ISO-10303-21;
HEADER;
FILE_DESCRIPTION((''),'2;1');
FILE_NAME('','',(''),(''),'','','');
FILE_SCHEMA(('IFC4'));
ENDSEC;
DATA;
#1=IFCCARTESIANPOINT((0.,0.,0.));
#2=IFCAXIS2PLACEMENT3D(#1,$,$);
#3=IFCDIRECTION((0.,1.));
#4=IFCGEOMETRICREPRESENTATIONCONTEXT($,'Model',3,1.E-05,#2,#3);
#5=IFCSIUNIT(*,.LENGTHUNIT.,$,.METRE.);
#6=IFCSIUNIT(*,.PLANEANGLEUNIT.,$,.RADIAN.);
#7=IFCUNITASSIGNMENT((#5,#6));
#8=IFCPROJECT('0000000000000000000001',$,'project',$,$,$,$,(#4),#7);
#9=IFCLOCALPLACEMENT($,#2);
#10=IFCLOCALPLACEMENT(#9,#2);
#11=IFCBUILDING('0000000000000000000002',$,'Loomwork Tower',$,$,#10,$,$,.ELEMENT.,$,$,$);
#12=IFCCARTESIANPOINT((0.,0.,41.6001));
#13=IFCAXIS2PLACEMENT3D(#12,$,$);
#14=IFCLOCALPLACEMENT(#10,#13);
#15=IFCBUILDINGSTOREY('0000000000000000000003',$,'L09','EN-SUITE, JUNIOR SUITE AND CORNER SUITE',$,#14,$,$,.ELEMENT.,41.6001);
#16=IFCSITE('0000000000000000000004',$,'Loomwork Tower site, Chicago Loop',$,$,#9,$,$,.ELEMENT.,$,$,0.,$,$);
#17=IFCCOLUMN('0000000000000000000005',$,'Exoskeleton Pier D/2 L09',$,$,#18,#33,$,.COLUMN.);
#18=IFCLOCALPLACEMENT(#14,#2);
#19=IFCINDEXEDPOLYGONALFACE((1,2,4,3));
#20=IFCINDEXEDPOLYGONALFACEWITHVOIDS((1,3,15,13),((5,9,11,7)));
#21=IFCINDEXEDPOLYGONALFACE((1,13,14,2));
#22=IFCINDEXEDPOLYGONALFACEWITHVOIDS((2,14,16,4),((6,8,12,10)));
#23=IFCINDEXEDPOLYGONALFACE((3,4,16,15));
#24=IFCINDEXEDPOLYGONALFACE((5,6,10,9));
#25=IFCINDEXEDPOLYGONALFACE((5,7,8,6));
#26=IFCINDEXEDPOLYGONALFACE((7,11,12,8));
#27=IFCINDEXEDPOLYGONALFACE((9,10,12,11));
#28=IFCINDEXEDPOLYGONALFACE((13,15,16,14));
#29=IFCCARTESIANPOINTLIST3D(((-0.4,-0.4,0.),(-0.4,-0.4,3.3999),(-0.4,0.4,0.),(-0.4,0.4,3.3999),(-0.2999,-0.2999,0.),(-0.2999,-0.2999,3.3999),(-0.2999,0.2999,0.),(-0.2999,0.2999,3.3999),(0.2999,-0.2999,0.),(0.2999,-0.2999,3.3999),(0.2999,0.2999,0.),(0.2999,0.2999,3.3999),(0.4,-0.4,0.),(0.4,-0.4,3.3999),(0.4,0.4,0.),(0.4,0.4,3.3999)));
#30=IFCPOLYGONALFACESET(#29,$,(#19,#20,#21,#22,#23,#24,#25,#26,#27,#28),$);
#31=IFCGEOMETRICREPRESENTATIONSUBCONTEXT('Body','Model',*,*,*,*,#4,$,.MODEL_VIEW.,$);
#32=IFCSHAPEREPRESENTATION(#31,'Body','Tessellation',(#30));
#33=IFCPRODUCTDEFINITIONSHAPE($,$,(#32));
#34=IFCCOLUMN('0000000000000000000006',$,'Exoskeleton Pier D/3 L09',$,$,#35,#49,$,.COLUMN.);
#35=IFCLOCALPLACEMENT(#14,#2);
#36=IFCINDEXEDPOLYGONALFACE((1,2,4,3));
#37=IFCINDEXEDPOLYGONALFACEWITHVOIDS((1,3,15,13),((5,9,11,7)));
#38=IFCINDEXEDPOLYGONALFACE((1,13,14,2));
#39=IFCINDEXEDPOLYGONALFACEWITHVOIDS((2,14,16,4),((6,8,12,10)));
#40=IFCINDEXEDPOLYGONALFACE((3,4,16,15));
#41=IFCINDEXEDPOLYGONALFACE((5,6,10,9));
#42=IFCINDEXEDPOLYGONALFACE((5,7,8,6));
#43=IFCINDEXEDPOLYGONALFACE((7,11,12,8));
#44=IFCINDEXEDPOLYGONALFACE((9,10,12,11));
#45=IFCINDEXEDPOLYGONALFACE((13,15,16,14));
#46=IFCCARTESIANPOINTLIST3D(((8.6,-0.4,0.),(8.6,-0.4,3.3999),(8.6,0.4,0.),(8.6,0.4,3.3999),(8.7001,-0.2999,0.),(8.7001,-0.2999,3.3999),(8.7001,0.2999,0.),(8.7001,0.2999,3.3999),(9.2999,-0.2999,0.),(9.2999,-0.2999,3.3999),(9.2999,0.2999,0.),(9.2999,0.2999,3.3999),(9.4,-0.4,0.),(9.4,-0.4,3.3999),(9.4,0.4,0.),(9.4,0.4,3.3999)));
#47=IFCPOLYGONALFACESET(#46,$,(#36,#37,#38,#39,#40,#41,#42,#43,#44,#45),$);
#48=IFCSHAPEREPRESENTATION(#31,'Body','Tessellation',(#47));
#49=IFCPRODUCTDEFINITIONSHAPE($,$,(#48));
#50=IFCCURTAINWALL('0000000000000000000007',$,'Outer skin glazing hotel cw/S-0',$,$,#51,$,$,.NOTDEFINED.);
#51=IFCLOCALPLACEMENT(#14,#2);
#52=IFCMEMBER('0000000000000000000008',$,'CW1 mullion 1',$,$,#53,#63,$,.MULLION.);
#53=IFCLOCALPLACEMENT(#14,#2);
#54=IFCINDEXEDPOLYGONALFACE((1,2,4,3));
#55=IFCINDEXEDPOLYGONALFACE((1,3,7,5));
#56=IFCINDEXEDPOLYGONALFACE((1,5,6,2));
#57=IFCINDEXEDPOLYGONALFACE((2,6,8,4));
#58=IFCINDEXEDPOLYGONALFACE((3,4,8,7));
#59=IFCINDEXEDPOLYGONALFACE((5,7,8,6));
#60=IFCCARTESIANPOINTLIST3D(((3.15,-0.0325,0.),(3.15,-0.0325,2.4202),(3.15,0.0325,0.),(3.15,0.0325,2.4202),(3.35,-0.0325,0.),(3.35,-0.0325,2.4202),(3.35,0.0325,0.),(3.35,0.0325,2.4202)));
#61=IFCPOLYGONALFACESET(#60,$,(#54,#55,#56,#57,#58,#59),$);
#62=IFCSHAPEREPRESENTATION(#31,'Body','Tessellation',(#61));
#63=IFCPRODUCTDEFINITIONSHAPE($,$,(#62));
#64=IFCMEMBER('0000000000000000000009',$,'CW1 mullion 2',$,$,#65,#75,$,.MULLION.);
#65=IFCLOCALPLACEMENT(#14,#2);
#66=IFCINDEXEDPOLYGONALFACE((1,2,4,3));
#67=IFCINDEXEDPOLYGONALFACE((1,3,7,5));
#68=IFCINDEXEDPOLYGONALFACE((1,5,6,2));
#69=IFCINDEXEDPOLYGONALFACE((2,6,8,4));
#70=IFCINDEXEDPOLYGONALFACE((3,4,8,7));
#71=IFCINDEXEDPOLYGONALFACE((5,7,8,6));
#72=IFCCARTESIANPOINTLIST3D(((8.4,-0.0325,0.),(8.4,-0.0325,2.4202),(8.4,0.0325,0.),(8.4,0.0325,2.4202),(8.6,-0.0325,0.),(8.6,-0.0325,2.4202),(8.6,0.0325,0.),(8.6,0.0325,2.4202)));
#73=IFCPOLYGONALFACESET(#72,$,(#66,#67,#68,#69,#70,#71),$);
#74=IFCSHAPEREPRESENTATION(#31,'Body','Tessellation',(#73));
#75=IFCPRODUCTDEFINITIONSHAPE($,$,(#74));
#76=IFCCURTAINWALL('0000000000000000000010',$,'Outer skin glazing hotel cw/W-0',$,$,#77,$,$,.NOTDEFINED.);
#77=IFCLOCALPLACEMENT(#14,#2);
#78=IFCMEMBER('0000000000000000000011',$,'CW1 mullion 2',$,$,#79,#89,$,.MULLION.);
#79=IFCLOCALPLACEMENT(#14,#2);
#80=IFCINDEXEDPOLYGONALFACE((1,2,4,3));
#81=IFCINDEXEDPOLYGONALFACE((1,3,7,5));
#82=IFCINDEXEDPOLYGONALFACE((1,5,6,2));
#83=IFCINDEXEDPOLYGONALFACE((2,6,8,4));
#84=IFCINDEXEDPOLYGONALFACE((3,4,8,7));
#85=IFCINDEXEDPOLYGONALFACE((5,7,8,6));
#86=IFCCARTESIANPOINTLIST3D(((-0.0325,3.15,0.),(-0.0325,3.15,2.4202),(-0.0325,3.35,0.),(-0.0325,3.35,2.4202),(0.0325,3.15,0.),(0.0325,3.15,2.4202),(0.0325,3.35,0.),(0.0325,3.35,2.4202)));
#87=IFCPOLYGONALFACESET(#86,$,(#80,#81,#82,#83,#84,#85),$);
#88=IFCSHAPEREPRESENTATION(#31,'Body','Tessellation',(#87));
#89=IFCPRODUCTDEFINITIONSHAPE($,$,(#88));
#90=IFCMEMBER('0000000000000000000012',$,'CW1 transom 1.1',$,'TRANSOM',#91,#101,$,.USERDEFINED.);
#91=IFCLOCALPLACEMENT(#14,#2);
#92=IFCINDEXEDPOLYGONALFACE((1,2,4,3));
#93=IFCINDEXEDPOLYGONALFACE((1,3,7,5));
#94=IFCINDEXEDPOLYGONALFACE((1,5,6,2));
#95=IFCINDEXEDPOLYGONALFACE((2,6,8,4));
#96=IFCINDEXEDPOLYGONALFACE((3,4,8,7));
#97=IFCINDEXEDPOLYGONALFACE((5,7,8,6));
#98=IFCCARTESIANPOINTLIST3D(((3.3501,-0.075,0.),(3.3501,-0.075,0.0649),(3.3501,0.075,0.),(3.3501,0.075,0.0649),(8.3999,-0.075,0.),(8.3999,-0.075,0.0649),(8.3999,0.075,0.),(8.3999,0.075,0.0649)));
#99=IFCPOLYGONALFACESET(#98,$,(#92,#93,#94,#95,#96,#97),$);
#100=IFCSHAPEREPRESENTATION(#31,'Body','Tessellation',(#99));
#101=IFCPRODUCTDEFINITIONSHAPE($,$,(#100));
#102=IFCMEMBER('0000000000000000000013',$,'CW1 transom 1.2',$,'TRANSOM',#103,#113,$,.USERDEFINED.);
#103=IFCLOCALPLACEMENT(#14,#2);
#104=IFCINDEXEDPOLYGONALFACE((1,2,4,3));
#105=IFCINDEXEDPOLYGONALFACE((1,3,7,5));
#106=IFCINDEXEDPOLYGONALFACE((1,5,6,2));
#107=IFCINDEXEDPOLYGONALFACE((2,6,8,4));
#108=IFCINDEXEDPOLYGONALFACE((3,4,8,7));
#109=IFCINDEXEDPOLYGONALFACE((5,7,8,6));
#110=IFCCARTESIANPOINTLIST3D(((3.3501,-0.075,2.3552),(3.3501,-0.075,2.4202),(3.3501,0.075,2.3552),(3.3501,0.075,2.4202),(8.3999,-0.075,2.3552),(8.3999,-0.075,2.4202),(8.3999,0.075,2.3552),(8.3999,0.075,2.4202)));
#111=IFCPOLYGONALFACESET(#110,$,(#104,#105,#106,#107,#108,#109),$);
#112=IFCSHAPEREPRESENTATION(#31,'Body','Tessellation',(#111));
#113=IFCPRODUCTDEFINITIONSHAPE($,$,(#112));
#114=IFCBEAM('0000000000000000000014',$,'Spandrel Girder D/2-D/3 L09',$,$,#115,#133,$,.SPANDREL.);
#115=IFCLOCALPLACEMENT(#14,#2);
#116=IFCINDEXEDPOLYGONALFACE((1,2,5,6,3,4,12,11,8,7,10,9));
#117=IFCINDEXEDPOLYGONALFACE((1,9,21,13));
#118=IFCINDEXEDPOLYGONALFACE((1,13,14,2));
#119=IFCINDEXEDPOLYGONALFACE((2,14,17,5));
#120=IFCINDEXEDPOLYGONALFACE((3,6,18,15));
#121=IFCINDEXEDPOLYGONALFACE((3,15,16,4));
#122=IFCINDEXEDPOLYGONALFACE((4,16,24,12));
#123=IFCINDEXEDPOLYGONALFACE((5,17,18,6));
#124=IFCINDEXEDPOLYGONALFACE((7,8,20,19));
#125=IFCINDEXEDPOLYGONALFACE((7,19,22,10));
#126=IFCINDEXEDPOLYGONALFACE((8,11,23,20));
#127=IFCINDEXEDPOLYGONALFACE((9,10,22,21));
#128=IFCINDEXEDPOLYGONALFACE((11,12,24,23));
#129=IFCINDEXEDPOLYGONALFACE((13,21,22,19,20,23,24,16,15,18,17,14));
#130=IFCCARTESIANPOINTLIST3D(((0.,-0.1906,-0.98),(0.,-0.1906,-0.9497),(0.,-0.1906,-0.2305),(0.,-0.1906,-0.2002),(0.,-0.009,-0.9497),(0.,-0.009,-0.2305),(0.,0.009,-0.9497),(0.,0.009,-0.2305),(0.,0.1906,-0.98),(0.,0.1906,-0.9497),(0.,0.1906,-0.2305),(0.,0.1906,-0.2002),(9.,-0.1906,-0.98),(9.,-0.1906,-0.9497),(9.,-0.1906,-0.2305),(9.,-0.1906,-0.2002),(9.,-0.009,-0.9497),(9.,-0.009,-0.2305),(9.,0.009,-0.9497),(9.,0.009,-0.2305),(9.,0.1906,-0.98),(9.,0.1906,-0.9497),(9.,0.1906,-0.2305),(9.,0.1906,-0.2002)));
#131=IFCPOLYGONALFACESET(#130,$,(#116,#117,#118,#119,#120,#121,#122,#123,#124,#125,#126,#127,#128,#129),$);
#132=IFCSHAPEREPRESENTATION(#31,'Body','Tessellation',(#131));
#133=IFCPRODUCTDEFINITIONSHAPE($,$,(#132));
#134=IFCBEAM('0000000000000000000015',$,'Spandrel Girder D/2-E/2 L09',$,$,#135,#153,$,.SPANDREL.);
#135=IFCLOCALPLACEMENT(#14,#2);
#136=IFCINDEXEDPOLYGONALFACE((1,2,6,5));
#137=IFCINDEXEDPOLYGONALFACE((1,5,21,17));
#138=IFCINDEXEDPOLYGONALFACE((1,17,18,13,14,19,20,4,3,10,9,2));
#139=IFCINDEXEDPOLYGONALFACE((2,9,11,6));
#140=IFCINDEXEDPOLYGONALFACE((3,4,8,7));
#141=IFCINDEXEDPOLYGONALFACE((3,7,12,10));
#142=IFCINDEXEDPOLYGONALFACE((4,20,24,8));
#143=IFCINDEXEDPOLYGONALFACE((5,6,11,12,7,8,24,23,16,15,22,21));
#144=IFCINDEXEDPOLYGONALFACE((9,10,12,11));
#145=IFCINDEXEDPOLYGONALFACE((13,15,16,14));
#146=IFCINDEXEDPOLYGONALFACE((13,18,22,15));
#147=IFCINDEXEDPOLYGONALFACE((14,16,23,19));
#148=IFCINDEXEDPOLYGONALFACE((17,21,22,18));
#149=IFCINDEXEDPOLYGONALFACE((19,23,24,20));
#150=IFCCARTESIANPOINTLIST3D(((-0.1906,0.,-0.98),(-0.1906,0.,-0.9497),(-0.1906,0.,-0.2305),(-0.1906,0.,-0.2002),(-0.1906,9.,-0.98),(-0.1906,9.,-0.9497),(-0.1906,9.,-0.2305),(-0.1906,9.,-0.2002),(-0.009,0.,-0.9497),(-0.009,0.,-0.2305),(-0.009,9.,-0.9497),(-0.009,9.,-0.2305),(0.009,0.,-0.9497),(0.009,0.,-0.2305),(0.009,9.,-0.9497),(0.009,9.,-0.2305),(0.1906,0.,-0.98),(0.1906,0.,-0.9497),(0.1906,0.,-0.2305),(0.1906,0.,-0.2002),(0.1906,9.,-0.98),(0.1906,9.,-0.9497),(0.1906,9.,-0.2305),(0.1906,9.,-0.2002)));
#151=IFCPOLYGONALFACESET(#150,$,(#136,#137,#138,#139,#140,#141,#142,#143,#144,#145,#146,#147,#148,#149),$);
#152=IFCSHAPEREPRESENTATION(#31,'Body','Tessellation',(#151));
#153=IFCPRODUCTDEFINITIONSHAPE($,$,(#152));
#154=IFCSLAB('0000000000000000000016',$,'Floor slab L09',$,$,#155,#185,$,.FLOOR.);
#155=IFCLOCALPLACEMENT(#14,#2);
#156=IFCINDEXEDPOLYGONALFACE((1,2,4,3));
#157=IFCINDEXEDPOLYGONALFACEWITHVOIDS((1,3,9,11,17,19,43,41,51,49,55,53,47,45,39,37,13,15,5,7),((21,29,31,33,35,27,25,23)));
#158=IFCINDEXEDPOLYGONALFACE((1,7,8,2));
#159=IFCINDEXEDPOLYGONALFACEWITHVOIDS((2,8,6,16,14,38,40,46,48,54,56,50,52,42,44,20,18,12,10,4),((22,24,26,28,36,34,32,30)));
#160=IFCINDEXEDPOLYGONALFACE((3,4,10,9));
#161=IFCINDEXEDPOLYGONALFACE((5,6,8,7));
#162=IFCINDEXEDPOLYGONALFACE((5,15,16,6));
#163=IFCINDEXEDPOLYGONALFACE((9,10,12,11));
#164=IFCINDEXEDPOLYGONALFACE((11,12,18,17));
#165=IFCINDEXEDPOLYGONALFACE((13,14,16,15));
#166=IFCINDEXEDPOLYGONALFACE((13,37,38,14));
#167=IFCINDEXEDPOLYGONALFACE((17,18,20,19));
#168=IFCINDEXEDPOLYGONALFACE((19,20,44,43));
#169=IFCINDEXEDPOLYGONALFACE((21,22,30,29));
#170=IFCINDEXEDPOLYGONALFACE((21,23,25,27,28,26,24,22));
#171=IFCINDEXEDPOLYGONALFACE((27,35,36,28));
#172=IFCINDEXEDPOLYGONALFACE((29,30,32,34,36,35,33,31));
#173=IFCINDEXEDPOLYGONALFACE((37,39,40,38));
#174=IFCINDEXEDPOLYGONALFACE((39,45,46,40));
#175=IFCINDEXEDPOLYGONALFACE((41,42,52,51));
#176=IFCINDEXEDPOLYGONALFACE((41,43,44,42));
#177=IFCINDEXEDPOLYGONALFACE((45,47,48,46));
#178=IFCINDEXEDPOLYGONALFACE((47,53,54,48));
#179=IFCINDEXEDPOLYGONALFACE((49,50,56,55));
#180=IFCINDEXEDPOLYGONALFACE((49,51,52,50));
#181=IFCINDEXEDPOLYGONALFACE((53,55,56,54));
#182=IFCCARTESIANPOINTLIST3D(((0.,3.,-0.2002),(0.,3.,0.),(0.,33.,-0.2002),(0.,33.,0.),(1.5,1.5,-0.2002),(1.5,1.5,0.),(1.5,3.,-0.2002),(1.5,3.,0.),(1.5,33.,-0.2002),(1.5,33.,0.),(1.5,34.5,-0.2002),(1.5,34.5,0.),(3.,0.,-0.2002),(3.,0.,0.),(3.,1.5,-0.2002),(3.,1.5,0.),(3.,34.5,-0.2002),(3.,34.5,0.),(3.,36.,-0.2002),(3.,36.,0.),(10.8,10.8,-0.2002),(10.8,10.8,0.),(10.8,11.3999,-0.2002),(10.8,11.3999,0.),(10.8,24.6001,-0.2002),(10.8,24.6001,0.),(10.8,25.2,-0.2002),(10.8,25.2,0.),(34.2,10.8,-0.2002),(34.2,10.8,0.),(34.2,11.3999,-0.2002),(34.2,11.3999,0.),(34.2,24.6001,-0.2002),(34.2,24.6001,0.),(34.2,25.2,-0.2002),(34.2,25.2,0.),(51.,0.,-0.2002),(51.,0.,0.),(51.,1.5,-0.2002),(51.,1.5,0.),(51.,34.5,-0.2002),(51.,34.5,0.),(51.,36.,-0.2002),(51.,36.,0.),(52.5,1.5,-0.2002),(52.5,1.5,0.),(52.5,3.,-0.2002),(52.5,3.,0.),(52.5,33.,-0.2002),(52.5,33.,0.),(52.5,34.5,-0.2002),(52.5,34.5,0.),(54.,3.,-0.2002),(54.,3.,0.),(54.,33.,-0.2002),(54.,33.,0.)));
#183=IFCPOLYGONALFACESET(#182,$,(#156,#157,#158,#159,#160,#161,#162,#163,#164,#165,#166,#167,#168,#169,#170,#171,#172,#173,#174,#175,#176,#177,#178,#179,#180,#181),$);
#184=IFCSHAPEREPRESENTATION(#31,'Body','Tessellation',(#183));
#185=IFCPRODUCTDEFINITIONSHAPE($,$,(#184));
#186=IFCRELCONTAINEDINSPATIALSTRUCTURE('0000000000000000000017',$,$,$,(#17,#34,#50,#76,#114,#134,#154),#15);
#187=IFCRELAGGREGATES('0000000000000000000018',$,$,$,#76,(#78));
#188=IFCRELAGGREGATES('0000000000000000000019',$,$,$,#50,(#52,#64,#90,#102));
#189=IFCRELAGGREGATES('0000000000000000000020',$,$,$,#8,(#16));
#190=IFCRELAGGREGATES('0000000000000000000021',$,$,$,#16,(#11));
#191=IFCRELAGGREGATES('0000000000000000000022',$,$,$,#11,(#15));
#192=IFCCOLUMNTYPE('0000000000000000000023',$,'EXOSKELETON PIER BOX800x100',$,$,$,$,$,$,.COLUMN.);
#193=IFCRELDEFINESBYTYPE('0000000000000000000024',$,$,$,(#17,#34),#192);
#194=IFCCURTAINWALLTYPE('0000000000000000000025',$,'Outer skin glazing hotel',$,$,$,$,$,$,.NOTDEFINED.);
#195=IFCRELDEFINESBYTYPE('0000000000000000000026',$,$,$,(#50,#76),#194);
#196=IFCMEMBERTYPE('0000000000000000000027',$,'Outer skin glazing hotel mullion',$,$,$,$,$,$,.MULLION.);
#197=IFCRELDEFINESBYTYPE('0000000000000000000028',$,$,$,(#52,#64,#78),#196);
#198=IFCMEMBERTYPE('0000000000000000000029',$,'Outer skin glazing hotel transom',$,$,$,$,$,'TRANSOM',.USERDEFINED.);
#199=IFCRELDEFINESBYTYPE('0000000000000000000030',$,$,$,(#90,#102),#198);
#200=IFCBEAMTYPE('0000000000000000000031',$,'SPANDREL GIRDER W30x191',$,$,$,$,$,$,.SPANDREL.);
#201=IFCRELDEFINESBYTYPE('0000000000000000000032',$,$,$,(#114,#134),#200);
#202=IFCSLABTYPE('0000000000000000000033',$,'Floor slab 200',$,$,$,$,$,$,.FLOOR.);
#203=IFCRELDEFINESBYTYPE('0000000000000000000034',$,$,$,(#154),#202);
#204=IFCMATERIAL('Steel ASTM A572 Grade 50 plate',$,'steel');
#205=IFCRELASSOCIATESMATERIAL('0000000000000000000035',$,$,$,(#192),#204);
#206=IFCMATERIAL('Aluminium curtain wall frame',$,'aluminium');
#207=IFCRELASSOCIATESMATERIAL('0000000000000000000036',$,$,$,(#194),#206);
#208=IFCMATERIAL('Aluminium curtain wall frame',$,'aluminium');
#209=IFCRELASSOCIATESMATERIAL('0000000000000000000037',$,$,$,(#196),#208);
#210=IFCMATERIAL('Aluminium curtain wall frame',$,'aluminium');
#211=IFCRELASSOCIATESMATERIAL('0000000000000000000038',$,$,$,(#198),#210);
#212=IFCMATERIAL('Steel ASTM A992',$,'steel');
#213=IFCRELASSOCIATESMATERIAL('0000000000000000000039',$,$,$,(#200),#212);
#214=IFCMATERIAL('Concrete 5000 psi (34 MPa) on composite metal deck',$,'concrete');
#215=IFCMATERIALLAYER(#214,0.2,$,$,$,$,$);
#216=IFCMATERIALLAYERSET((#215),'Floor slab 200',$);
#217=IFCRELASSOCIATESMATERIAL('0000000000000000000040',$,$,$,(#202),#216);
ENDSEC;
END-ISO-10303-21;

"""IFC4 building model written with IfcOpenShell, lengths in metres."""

from ifc_helpers import new_model, si_unit, direction, frame, origin, origin_2d, place, context, subcontext, project, spatial, polyline, rectangle, hollow_rectangle, i_section, outline, extrude, material, layer, layer_set, material_profile, profile_set, type_object, element, aggregate, save


model = new_model("IFC4")

# Units and contexts
model_context = context("Model", 3, precision=1e-05, world=origin(), true_north=direction((0.0, 1.0)))
body_context = subcontext(model_context, "Body", "Model", "MODEL_VIEW")
ifc_project = project(units=[si_unit("LENGTHUNIT", "METRE"), si_unit("PLANEANGLEUNIT", "RADIAN")], contexts=[model_context])

# Site, building, storey
site_placement = place(None, origin())
site = spatial("IfcSite", under=ifc_project, at=site_placement, Name="Loomwork Tower site, Chicago Loop", CompositionType="ELEMENT", RefElevation=0.0)
building_placement = place(site_placement, origin())
building = spatial("IfcBuilding", under=site, at=building_placement, Name="Loomwork Tower", CompositionType="ELEMENT")
storey_placement = place(building_placement, frame((0.0, 0.0, 41.6001)))
storey = spatial("IfcBuildingStorey", under=building, at=storey_placement, Name="L09", Description="EN-SUITE, JUNIOR SUITE AND CORNER SUITE", CompositionType="ELEMENT", Elevation=41.6001)

# Columns
ifc_material_1 = material(Name="Steel ASTM A572 Grade 50 plate", Category="steel")
ifc_material_profile_1 = material_profile(ifc_material_1, hollow_rectangle(XDim=0.8, YDim=0.8, WallThickness=0.1001, at=origin_2d()), Name="BOX800x100")
ifc_profile_set_1 = profile_set([ifc_material_profile_1], Name="Steel ASTM A572 Grade 50 plate")
column_type = type_object("IfcColumnType", Name="EXOSKELETON PIER BOX800x100", PredefinedType="COLUMN", material=ifc_profile_set_1)
for number, where, z_axis, x_axis, name in (
    (1, (0.0, 0.0, 0.0), (0.0, 0.0, 1.0), (1.0, 0.0, 0.0), "Exoskeleton Pier D/2 L09"),
    (2, (9.0, 0.0, 0.0), (0.0, 0.0, 1.0), (1.0, 0.0, 0.0), "Exoskeleton Pier D/3 L09"),
):
    element("IfcColumn", number, at=place(storey_placement, frame(where, z_axis=z_axis, x_axis=x_axis)), inside=storey, type_object=column_type, Name=name, PredefinedType="COLUMN", context=body_context, shape_type="SweptSolid", body=[
        extrude(hollow_rectangle(XDim=0.8, YDim=0.8, WallThickness=0.1001, at=origin_2d()), origin(), (0.0, 0.0, 1.0), 3.3999),
    ])

# Curtain wall, members
ifc_material_2 = material(Name="Aluminium curtain wall frame", Category="aluminium")
curtain_wall_type = type_object("IfcCurtainWallType", Name="Outer skin glazing hotel", PredefinedType="NOTDEFINED", material=ifc_material_2)
curtain_wall_1_placement = place(storey_placement, origin())
curtain_wall_1 = element("IfcCurtainWall", 3, at=curtain_wall_1_placement, inside=storey, type_object=curtain_wall_type, Name="Outer skin glazing hotel cw/S-0", PredefinedType="NOTDEFINED")
ifc_material_3 = material(Name="Aluminium curtain wall frame", Category="aluminium")
ifc_material_profile_2 = material_profile(ifc_material_3, rectangle(XDim=0.0649, YDim=0.2, at=origin_2d()), Name="AL 65x200")
ifc_profile_set_2 = profile_set([ifc_material_profile_2], Name="Aluminium curtain wall frame")
member_type_1 = type_object("IfcMemberType", Name="Outer skin glazing hotel mullion", PredefinedType="MULLION", material=ifc_profile_set_2)
member_1_placement = place(storey_placement, frame((3.25, 0.0, 0.0), z_axis=(0.0, 0.0, 1.0), x_axis=(0.0, 1.0, 0.0)))
member_1 = element("IfcMember", 4, at=member_1_placement, type_object=member_type_1, Name="CW1 mullion 1", PredefinedType="MULLION", context=body_context, shape_type="SweptSolid", body=[
    extrude(rectangle(XDim=0.0649, YDim=0.2, at=origin_2d()), origin(), (0.0, 0.0, 1.0), 2.4202),
])
member_2_placement = place(storey_placement, frame((8.5, 0.0, 0.0), z_axis=(0.0, 0.0, 1.0), x_axis=(0.0, 1.0, 0.0)))
member_2 = element("IfcMember", 5, at=member_2_placement, type_object=member_type_1, Name="CW1 mullion 2", PredefinedType="MULLION", context=body_context, shape_type="SweptSolid", body=[
    extrude(rectangle(XDim=0.0649, YDim=0.2, at=origin_2d()), origin(), (0.0, 0.0, 1.0), 2.4202),
])

# Curtain wall, member
curtain_wall_2_placement = place(storey_placement, origin())
curtain_wall_2 = element("IfcCurtainWall", 6, at=curtain_wall_2_placement, inside=storey, type_object=curtain_wall_type, Name="Outer skin glazing hotel cw/W-0", PredefinedType="NOTDEFINED")
member_3_placement = place(storey_placement, frame((0.0, 3.25, 0.0), z_axis=(0.0, 0.0, 1.0), x_axis=(1.0, 0.0, 0.0)))
member_3 = element("IfcMember", 7, at=member_3_placement, type_object=member_type_1, Name="CW1 mullion 2", PredefinedType="MULLION", context=body_context, shape_type="SweptSolid", body=[
    extrude(rectangle(XDim=0.0649, YDim=0.2, at=origin_2d()), origin(), (0.0, 0.0, 1.0), 2.4202),
])
aggregate(curtain_wall_2, [member_3])

# Members
ifc_material_4 = material(Name="Aluminium curtain wall frame", Category="aluminium")
ifc_material_profile_3 = material_profile(ifc_material_4, rectangle(XDim=0.1499, YDim=0.0649, at=origin_2d()), Name="AL 65x150")
ifc_profile_set_3 = profile_set([ifc_material_profile_3], Name="Aluminium curtain wall frame")
member_type_2 = type_object("IfcMemberType", Name="Outer skin glazing hotel transom", ElementType="TRANSOM", PredefinedType="USERDEFINED", material=ifc_profile_set_3)
member_4_placement = place(storey_placement, frame((3.3501, 0.0, 0.0325), z_axis=(1.0, 0.0, 0.0), x_axis=(0.0, 1.0, 0.0)))
member_4 = element("IfcMember", 8, at=member_4_placement, type_object=member_type_2, Name="CW1 transom 1.1", ObjectType="TRANSOM", PredefinedType="USERDEFINED", context=body_context, shape_type="SweptSolid", body=[
    extrude(rectangle(XDim=0.1499, YDim=0.0649, at=origin_2d()), origin(), (0.0, 0.0, 1.0), 5.0498),
])
member_5_placement = place(storey_placement, frame((3.3501, 0.0, 2.3877), z_axis=(1.0, 0.0, 0.0), x_axis=(0.0, 1.0, 0.0)))
member_5 = element("IfcMember", 9, at=member_5_placement, type_object=member_type_2, Name="CW1 transom 1.2", ObjectType="TRANSOM", PredefinedType="USERDEFINED", context=body_context, shape_type="SweptSolid", body=[
    extrude(rectangle(XDim=0.1499, YDim=0.0649, at=origin_2d()), origin(), (0.0, 0.0, 1.0), 5.0498),
])

# Beams
ifc_material_5 = material(Name="Steel ASTM A992", Category="steel")
ifc_material_profile_4 = material_profile(ifc_material_5, i_section(OverallWidth=0.3811, OverallDepth=0.7798, WebThickness=0.0181, FlangeThickness=0.0303, at=origin_2d()), Name="W30x191")
ifc_profile_set_4 = profile_set([ifc_material_profile_4], Name="Steel ASTM A992")
beam_type = type_object("IfcBeamType", Name="SPANDREL GIRDER W30x191", PredefinedType="SPANDREL", material=ifc_profile_set_4)
for number, where, z_axis, x_axis, name in (
    (10, (0.0, 0.0, -0.5901), (1.0, 0.0, 0.0), (0.0, 1.0, 0.0), "Spandrel Girder D/2-D/3 L09"),
    (11, (0.0, 0.0, -0.5901), (0.0, 1.0, 0.0), (-1.0, 0.0, 0.0), "Spandrel Girder D/2-E/2 L09"),
):
    element("IfcBeam", number, at=place(storey_placement, frame(where, z_axis=z_axis, x_axis=x_axis)), inside=storey, type_object=beam_type, Name=name, PredefinedType="SPANDREL", context=body_context, shape_type="SweptSolid", body=[
        extrude(i_section(OverallWidth=0.3811, OverallDepth=0.7798, WebThickness=0.0181, FlangeThickness=0.0303, at=origin_2d()), origin(), (0.0, 0.0, 1.0), 9.0),
    ])

# Slab
ifc_material_6 = material(Name="Concrete 5000 psi (34 MPa) on composite metal deck", Category="concrete")
ifc_layer_1 = layer(ifc_material_6, 0.2)
ifc_layer_set_1 = layer_set([ifc_layer_1], Name="Floor slab 200")
slab_type_1 = type_object("IfcSlabType", Name="Floor slab 200", PredefinedType="FLOOR", material=ifc_layer_set_1)
slab_1_placement = place(storey_placement, frame((0.0, 0.0, -0.2002)))
element("IfcSlab", 12, at=slab_1_placement, inside=storey, type_object=slab_type_1, Name="Floor slab L09", PredefinedType="FLOOR", context=body_context, shape_type="SweptSolid", body=[
    extrude(outline(polyline([(3.0, 1.5), (1.5, 1.5), (1.5, 3.0), (0.0, 3.0), (0.0, 33.0), (1.5, 33.0), (1.5, 34.5), (3.0, 34.5), (3.0, 36.0), (51.0, 36.0), (51.0, 34.5), (52.5, 34.5), (52.5, 33.0), (54.0, 33.0), (54.0, 3.0), (52.5, 3.0), (52.5, 1.5), (51.0, 1.5), (51.0, 0.0), (3.0, 0.0), (3.0, 1.5)]), holes=[polyline([(10.8, 11.3999), (10.8, 11.3999), (10.8, 10.8), (34.2, 10.8), (34.2, 11.3999), (34.2, 11.3999), (34.2, 24.6001), (34.2, 25.2), (10.8, 25.2), (10.8, 24.6001), (10.8, 11.3999)])]), origin(), (0.0, 0.0, 1.0), 0.2002),
])

aggregate(curtain_wall_1, [member_1, member_2, member_4, member_5])

save(model, "model.ifc")
